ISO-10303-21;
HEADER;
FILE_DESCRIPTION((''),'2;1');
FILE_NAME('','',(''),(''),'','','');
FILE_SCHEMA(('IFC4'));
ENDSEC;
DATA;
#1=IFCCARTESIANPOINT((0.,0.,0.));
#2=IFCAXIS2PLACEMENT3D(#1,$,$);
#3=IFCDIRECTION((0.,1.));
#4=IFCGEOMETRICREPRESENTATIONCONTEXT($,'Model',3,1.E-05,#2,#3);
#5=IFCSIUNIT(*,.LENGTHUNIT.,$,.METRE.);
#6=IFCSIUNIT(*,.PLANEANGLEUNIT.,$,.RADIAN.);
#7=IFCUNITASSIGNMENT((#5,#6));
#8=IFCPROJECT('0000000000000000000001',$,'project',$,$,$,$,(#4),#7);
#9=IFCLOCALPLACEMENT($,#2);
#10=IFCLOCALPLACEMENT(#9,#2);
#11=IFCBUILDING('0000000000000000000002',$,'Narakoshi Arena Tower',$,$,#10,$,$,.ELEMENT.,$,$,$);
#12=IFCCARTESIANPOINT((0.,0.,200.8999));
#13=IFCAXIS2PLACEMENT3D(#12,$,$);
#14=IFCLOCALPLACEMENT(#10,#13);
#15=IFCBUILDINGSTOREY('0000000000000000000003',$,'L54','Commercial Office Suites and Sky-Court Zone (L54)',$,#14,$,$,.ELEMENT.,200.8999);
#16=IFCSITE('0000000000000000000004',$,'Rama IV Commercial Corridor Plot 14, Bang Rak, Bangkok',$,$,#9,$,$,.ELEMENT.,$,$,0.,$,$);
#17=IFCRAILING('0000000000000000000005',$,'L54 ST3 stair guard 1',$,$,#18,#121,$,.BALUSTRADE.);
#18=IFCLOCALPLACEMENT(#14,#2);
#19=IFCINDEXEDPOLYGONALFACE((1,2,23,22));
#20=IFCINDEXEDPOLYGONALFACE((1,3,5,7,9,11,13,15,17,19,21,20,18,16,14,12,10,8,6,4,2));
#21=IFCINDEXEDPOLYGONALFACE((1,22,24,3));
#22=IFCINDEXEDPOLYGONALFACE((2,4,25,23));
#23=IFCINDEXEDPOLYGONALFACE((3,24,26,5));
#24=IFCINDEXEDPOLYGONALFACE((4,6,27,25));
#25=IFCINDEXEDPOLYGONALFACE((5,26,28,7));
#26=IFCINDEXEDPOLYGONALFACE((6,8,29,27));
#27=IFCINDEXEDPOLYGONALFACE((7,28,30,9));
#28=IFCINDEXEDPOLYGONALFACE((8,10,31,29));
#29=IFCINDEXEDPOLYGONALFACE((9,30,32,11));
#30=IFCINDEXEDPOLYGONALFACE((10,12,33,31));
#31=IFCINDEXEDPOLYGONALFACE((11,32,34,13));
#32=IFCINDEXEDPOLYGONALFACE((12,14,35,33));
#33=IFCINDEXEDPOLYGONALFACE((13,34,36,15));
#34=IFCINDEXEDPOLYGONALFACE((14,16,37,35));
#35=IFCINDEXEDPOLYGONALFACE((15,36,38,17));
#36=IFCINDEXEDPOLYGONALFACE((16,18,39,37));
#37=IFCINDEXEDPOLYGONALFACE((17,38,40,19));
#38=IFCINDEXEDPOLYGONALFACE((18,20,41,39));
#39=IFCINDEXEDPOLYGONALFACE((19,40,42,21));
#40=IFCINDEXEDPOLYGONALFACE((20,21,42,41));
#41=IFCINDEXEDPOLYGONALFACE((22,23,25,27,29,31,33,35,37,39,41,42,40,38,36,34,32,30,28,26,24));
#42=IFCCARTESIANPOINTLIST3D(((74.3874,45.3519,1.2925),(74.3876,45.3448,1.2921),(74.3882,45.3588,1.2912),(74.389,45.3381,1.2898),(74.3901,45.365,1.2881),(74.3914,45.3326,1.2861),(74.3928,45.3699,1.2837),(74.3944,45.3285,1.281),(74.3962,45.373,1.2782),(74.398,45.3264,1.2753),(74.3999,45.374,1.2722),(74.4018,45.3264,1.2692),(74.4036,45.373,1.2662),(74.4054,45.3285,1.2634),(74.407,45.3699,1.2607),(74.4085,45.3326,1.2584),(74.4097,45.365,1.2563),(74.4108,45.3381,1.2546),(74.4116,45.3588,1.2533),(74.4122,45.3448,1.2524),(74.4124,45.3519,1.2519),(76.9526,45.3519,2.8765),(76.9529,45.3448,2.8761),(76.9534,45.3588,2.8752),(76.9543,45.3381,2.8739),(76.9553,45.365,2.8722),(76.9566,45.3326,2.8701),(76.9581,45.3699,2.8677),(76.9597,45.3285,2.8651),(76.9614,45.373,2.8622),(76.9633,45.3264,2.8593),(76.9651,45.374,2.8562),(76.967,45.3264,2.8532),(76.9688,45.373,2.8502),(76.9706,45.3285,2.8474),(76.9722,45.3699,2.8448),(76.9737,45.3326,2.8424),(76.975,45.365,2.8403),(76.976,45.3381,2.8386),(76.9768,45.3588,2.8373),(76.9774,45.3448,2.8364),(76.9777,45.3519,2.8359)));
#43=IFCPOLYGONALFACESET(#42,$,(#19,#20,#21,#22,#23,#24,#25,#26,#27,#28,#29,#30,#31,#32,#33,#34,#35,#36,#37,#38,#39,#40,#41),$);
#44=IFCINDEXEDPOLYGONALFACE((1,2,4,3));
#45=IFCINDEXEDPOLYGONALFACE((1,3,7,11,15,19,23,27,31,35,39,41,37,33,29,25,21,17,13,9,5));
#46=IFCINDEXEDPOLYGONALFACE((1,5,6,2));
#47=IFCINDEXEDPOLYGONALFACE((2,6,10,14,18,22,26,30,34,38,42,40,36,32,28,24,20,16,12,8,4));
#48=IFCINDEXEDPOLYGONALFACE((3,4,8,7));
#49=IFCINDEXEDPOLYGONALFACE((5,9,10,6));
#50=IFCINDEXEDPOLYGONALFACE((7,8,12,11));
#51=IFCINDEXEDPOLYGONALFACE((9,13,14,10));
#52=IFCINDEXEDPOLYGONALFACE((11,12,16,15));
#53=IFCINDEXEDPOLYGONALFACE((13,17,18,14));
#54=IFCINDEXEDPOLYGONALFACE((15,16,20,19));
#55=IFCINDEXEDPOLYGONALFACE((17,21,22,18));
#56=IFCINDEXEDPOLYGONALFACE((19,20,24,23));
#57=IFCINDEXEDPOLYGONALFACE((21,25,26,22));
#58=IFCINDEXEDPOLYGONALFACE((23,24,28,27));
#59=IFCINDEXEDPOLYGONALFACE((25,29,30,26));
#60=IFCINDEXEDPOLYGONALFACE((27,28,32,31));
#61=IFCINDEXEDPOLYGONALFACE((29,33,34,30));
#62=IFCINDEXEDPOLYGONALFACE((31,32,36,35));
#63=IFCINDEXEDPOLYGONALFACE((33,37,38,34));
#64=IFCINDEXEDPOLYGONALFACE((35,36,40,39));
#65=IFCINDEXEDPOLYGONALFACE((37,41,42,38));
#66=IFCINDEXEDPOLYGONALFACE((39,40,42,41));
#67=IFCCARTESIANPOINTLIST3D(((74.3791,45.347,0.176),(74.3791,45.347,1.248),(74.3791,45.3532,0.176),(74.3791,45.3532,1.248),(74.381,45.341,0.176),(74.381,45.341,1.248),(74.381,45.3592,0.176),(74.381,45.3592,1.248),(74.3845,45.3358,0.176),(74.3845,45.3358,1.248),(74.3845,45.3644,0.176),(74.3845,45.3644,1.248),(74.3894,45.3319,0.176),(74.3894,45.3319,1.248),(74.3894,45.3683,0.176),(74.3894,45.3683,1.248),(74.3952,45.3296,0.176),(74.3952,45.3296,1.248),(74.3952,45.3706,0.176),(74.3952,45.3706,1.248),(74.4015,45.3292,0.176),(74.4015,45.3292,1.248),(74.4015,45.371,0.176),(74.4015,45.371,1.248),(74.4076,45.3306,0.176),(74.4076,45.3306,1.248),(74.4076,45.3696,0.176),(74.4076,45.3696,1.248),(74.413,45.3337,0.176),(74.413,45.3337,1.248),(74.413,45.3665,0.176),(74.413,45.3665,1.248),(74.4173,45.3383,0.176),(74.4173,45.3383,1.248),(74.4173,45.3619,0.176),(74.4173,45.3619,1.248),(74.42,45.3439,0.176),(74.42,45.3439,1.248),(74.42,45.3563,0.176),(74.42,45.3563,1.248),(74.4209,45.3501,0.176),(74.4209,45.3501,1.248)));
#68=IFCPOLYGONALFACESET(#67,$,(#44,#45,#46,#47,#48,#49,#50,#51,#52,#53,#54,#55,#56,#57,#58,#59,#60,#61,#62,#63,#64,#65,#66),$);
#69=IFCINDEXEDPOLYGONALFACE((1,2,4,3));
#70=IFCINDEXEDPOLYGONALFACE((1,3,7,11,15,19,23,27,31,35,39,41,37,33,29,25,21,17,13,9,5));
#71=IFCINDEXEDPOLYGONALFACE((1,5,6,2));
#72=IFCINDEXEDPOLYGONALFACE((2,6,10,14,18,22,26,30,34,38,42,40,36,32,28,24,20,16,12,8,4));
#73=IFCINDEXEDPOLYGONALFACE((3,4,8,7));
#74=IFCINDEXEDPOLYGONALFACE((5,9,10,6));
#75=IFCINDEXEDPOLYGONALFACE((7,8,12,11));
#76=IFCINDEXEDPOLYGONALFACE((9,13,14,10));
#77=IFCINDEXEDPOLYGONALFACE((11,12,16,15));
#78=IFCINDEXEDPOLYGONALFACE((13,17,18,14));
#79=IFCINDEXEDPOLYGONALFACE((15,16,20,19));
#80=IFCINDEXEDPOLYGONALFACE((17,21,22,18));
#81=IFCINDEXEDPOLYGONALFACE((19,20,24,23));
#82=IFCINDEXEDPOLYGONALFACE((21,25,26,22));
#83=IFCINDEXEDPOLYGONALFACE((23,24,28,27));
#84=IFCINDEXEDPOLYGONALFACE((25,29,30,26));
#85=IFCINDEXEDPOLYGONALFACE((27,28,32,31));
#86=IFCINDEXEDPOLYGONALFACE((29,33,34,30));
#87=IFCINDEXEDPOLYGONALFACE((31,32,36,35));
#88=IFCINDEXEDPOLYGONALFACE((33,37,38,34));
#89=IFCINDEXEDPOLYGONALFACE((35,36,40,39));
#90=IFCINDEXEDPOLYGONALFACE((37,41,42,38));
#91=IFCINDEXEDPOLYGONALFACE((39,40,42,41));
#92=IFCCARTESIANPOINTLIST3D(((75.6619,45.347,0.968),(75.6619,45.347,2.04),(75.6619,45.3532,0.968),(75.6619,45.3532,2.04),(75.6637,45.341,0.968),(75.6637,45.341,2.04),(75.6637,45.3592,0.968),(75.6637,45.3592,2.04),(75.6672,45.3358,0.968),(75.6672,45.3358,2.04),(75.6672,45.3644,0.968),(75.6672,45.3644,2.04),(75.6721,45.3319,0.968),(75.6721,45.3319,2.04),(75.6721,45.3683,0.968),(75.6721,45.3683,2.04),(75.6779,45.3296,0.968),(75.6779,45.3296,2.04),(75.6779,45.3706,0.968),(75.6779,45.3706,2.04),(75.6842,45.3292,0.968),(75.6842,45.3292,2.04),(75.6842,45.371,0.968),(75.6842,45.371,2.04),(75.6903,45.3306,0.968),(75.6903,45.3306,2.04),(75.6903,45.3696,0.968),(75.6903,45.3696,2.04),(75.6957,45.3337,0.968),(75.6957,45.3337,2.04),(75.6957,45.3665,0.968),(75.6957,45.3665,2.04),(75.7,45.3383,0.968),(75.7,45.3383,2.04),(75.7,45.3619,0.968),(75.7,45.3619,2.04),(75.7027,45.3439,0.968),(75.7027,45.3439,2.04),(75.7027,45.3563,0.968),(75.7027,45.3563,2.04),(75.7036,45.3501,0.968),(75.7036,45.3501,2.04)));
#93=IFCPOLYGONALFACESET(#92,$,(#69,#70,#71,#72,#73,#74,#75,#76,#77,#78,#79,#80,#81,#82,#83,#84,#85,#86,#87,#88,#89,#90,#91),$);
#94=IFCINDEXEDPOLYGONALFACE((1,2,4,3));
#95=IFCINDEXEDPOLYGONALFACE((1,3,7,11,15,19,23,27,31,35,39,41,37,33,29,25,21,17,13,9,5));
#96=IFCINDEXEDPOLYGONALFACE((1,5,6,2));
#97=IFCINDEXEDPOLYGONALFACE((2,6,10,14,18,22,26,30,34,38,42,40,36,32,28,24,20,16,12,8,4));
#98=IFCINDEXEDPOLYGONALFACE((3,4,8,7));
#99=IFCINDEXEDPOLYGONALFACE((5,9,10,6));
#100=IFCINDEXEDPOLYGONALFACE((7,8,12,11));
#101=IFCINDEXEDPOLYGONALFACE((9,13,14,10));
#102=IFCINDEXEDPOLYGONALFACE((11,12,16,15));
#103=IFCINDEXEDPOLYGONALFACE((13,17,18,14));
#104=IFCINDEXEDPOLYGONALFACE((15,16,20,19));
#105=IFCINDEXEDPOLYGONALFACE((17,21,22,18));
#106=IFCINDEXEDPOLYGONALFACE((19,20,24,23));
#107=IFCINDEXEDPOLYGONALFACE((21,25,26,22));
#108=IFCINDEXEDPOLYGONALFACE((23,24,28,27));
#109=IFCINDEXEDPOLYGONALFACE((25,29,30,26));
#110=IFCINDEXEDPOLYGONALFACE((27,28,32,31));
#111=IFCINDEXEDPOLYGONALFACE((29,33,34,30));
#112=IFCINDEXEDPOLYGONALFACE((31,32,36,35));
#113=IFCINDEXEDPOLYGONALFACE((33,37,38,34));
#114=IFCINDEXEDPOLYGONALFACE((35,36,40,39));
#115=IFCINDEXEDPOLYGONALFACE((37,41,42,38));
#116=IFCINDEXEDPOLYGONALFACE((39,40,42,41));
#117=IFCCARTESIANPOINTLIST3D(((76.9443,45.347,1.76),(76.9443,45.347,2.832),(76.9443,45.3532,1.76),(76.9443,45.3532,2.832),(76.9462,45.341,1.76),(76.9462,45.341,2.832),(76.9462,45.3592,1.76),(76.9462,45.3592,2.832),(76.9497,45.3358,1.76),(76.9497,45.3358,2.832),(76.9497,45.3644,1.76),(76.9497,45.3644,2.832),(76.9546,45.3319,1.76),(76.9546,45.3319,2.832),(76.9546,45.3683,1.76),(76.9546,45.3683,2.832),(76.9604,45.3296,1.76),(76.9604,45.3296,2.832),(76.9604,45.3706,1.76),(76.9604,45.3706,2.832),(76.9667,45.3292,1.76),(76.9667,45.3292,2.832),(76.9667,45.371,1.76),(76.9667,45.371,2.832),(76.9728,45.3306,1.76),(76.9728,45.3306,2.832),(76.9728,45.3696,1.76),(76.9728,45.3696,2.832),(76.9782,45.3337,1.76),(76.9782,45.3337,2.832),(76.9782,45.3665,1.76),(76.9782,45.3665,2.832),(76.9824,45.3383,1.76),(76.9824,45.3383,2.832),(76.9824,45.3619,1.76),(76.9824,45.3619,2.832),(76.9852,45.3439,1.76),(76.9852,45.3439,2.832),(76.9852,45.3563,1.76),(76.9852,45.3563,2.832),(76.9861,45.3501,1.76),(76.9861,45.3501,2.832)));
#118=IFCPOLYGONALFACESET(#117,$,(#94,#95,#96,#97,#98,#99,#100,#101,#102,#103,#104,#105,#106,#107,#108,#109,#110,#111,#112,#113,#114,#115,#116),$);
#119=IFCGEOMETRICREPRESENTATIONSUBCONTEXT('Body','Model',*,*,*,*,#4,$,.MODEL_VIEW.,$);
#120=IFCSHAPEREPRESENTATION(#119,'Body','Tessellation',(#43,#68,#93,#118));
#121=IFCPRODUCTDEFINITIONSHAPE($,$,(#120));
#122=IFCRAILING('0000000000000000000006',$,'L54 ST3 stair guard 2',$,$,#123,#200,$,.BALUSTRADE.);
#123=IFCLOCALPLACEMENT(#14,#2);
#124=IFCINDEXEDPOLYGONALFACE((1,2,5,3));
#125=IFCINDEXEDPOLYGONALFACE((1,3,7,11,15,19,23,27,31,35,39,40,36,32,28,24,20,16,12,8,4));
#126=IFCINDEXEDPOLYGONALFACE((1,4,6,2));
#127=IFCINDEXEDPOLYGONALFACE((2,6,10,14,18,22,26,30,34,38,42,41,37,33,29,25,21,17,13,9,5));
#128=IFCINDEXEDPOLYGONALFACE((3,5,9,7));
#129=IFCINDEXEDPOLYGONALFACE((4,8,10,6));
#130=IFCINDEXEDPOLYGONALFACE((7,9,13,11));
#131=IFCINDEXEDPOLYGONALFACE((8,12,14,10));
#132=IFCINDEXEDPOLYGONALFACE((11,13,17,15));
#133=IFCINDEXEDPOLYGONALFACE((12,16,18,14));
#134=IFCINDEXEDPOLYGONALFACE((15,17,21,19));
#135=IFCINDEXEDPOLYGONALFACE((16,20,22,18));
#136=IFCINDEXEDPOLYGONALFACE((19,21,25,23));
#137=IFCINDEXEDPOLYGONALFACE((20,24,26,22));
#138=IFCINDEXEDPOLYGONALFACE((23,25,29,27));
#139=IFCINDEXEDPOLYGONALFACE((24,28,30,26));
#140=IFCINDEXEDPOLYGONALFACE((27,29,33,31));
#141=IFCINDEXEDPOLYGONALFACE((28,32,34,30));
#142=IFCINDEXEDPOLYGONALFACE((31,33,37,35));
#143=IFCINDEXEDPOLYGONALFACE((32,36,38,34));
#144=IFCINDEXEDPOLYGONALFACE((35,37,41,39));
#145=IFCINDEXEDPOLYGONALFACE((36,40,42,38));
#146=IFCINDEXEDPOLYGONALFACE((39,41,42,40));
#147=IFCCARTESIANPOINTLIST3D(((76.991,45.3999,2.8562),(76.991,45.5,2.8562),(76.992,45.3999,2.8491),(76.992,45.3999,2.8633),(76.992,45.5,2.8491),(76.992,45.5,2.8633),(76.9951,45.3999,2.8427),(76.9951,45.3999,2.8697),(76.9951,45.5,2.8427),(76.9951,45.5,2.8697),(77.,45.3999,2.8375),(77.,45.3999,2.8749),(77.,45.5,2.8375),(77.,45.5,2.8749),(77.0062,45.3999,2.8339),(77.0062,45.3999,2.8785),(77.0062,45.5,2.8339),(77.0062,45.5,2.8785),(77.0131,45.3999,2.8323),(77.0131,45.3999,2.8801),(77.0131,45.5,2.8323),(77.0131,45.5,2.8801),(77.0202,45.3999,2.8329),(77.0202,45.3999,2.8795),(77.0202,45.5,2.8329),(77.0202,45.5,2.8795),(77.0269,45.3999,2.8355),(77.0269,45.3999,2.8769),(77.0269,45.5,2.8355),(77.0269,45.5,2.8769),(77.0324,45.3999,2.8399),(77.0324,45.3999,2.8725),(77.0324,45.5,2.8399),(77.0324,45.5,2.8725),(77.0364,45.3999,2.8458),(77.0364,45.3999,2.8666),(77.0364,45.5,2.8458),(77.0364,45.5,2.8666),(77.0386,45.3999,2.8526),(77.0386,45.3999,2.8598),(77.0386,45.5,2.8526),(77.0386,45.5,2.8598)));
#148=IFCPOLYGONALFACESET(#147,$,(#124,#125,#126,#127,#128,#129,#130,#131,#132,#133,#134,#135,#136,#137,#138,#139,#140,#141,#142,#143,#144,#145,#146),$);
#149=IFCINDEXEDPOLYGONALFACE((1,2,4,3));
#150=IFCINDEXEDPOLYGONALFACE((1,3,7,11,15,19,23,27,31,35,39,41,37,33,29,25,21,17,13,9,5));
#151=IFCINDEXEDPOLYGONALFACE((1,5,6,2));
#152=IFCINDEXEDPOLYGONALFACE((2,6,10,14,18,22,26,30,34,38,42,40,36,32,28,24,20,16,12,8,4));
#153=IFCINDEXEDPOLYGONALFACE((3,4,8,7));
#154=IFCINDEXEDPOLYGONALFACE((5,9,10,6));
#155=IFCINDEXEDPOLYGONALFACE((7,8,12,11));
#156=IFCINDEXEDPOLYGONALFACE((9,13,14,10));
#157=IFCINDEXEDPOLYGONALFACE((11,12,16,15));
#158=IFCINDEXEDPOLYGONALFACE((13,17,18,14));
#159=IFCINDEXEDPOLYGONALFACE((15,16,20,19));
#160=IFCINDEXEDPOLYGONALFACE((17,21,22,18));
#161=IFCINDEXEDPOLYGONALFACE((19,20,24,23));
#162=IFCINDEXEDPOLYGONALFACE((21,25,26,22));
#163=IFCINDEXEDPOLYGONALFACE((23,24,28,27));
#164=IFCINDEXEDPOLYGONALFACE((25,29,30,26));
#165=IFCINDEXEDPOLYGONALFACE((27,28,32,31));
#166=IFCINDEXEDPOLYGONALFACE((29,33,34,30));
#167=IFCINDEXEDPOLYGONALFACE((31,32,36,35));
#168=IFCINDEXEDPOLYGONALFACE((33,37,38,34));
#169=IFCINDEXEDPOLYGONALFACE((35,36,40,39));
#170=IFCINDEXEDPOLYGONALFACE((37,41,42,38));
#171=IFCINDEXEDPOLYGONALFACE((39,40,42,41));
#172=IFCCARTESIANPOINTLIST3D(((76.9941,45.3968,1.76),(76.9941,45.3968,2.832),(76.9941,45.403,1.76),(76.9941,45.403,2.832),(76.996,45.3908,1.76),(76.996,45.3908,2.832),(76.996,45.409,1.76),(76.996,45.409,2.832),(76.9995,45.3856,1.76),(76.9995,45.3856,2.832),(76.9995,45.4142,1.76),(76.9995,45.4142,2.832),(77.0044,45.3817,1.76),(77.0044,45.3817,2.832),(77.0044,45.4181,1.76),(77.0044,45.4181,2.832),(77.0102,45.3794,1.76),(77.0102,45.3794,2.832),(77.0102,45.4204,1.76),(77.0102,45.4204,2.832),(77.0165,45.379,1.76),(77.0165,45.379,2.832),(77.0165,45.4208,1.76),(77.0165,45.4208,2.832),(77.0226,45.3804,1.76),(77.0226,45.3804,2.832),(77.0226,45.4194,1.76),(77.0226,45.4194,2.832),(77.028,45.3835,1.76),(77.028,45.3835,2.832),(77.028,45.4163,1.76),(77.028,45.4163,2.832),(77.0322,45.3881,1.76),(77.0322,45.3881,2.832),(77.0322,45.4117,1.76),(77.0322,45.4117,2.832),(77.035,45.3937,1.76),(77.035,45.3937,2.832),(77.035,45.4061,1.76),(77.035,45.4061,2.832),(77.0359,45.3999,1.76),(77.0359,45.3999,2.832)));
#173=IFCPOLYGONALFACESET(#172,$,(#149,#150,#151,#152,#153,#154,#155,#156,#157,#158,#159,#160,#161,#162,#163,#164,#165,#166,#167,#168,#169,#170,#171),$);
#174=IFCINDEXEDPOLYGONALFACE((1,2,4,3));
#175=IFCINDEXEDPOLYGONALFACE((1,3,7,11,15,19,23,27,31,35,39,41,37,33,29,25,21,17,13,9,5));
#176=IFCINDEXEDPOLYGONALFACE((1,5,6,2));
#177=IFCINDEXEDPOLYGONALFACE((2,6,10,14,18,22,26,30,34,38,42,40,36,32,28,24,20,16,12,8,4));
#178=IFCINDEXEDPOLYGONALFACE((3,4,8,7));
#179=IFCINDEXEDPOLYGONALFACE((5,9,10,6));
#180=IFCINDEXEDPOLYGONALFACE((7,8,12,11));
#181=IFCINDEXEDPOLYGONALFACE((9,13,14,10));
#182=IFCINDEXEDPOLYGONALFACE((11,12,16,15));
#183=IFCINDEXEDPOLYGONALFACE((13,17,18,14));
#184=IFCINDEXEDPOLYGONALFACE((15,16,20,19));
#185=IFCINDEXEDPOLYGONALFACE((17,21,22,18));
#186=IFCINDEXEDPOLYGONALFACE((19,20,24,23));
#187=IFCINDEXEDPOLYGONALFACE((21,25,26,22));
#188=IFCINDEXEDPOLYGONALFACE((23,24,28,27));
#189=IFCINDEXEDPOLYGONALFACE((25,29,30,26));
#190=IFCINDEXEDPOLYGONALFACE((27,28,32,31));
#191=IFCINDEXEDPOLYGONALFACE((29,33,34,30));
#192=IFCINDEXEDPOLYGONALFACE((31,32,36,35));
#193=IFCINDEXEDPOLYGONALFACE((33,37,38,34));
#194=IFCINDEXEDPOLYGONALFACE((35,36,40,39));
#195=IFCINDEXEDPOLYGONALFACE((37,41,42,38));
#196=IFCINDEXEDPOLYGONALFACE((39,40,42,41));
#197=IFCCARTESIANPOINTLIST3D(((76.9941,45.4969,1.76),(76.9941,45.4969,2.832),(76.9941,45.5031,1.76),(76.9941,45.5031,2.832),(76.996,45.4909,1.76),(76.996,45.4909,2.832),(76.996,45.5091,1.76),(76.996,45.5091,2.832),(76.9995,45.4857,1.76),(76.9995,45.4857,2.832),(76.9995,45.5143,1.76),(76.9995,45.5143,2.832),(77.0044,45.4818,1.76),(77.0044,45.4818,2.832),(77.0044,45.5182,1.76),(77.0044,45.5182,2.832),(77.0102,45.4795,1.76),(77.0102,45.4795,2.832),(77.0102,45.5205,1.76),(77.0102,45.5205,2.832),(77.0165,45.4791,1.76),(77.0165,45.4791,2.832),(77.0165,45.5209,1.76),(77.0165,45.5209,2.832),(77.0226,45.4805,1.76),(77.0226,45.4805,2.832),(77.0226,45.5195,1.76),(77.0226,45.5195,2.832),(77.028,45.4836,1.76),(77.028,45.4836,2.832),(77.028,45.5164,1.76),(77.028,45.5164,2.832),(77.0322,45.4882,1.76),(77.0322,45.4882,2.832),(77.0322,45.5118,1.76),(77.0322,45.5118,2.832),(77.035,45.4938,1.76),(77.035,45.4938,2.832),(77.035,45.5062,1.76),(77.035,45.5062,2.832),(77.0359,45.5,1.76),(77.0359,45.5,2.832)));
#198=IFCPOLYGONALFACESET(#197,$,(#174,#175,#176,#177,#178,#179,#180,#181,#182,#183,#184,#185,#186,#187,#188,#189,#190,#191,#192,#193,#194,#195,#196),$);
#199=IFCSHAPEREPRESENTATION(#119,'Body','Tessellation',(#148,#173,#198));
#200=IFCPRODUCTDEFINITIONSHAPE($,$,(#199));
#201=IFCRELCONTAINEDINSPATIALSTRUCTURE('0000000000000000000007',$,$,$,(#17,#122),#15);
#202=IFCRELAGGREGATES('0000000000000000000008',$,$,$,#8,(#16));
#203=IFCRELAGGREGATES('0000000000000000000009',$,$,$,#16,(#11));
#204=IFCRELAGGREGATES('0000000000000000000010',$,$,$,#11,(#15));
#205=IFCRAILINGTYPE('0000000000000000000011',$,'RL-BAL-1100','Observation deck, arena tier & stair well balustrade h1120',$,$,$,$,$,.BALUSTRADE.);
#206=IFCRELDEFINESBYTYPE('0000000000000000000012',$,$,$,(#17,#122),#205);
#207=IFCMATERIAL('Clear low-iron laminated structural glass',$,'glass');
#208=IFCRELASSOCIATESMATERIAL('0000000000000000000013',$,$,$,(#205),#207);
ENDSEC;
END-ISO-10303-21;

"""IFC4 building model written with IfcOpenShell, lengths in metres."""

from ifc_helpers import new_model, si_unit, direction, frame, origin, origin_2d, place, context, subcontext, project, spatial, circle, extrude, material, type_object, element, save


model = new_model("IFC4")

# Units and contexts
model_context = context("Model", 3, precision=1e-05, world=origin(), true_north=direction((0.0, 1.0)))
body_context = subcontext(model_context, "Body", "Model", "MODEL_VIEW")
ifc_project = project(units=[si_unit("LENGTHUNIT", "METRE"), si_unit("PLANEANGLEUNIT", "RADIAN")], contexts=[model_context])

# Site, building, storey
site_placement = place(None, origin())
site = spatial("IfcSite", under=ifc_project, at=site_placement, Name="Rama IV Commercial Corridor Plot 14, Bang Rak, Bangkok", CompositionType="ELEMENT", RefElevation=0.0)
building_placement = place(site_placement, origin())
building = spatial("IfcBuilding", under=site, at=building_placement, Name="Narakoshi Arena Tower", CompositionType="ELEMENT")
storey_placement = place(building_placement, frame((0.0, 0.0, 200.8999)))
storey = spatial("IfcBuildingStorey", under=building, at=storey_placement, Name="L54", Description="Commercial Office Suites and Sky-Court Zone (L54)", CompositionType="ELEMENT", Elevation=200.8999)

# Railings
ifc_material_1 = material(Name="Clear low-iron laminated structural glass", Category="glass")
railing_type_1 = type_object("IfcRailingType", Name="RL-BAL-1100", Description="Observation deck, arena tier & stair well balustrade h1120", PredefinedType="BALUSTRADE", material=ifc_material_1)
railing_1_placement = place(storey_placement, frame((74.3999, 45.3501, 0.176)))
element("IfcRailing", 1, at=railing_1_placement, inside=storey, type_object=railing_type_1, Name="L54 ST3 stair guard 1", PredefinedType="BALUSTRADE", context=body_context, shape_type="SweptSolid", body=[
    extrude(circle(Radius=0.0239, at=origin_2d()), frame((0.0, 0.0, 1.0962), z_axis=(0.850857, 0.0, 0.525398), x_axis=(0.0, 1.0, 0.0)), (0.0, 0.0, 1.0), 3.0149),
    extrude(circle(Radius=0.021, at=origin_2d()), origin(), (0.0, 0.0, 1.0), 1.072),
    extrude(circle(Radius=0.021, at=origin_2d()), frame((1.2827, 0.0, 0.792)), (0.0, 0.0, 1.0), 1.072),
    extrude(circle(Radius=0.021, at=origin_2d()), frame((2.5652, 0.0, 1.584)), (0.0, 0.0, 1.0), 1.072),
])
railing_2_placement = place(storey_placement, frame((77.0149, 45.3999, 1.76)))
element("IfcRailing", 2, at=railing_2_placement, inside=storey, type_object=railing_type_1, Name="L54 ST3 stair guard 2", PredefinedType="BALUSTRADE", context=body_context, shape_type="SweptSolid", body=[
    extrude(circle(Radius=0.0239, at=origin_2d()), frame((0.0, 0.0, 1.0962), z_axis=(0.0, 1.0, 0.0), x_axis=(-1.0, 0.0, 0.0)), (0.0, 0.0, 1.0), 0.1001),
    extrude(circle(Radius=0.021, at=origin_2d()), origin(), (0.0, 0.0, 1.0), 1.072),
    extrude(circle(Radius=0.021, at=origin_2d()), frame((0.0, 0.1001, 0.0)), (0.0, 0.0, 1.0), 1.072),
])

save(model, "model.ifc")
